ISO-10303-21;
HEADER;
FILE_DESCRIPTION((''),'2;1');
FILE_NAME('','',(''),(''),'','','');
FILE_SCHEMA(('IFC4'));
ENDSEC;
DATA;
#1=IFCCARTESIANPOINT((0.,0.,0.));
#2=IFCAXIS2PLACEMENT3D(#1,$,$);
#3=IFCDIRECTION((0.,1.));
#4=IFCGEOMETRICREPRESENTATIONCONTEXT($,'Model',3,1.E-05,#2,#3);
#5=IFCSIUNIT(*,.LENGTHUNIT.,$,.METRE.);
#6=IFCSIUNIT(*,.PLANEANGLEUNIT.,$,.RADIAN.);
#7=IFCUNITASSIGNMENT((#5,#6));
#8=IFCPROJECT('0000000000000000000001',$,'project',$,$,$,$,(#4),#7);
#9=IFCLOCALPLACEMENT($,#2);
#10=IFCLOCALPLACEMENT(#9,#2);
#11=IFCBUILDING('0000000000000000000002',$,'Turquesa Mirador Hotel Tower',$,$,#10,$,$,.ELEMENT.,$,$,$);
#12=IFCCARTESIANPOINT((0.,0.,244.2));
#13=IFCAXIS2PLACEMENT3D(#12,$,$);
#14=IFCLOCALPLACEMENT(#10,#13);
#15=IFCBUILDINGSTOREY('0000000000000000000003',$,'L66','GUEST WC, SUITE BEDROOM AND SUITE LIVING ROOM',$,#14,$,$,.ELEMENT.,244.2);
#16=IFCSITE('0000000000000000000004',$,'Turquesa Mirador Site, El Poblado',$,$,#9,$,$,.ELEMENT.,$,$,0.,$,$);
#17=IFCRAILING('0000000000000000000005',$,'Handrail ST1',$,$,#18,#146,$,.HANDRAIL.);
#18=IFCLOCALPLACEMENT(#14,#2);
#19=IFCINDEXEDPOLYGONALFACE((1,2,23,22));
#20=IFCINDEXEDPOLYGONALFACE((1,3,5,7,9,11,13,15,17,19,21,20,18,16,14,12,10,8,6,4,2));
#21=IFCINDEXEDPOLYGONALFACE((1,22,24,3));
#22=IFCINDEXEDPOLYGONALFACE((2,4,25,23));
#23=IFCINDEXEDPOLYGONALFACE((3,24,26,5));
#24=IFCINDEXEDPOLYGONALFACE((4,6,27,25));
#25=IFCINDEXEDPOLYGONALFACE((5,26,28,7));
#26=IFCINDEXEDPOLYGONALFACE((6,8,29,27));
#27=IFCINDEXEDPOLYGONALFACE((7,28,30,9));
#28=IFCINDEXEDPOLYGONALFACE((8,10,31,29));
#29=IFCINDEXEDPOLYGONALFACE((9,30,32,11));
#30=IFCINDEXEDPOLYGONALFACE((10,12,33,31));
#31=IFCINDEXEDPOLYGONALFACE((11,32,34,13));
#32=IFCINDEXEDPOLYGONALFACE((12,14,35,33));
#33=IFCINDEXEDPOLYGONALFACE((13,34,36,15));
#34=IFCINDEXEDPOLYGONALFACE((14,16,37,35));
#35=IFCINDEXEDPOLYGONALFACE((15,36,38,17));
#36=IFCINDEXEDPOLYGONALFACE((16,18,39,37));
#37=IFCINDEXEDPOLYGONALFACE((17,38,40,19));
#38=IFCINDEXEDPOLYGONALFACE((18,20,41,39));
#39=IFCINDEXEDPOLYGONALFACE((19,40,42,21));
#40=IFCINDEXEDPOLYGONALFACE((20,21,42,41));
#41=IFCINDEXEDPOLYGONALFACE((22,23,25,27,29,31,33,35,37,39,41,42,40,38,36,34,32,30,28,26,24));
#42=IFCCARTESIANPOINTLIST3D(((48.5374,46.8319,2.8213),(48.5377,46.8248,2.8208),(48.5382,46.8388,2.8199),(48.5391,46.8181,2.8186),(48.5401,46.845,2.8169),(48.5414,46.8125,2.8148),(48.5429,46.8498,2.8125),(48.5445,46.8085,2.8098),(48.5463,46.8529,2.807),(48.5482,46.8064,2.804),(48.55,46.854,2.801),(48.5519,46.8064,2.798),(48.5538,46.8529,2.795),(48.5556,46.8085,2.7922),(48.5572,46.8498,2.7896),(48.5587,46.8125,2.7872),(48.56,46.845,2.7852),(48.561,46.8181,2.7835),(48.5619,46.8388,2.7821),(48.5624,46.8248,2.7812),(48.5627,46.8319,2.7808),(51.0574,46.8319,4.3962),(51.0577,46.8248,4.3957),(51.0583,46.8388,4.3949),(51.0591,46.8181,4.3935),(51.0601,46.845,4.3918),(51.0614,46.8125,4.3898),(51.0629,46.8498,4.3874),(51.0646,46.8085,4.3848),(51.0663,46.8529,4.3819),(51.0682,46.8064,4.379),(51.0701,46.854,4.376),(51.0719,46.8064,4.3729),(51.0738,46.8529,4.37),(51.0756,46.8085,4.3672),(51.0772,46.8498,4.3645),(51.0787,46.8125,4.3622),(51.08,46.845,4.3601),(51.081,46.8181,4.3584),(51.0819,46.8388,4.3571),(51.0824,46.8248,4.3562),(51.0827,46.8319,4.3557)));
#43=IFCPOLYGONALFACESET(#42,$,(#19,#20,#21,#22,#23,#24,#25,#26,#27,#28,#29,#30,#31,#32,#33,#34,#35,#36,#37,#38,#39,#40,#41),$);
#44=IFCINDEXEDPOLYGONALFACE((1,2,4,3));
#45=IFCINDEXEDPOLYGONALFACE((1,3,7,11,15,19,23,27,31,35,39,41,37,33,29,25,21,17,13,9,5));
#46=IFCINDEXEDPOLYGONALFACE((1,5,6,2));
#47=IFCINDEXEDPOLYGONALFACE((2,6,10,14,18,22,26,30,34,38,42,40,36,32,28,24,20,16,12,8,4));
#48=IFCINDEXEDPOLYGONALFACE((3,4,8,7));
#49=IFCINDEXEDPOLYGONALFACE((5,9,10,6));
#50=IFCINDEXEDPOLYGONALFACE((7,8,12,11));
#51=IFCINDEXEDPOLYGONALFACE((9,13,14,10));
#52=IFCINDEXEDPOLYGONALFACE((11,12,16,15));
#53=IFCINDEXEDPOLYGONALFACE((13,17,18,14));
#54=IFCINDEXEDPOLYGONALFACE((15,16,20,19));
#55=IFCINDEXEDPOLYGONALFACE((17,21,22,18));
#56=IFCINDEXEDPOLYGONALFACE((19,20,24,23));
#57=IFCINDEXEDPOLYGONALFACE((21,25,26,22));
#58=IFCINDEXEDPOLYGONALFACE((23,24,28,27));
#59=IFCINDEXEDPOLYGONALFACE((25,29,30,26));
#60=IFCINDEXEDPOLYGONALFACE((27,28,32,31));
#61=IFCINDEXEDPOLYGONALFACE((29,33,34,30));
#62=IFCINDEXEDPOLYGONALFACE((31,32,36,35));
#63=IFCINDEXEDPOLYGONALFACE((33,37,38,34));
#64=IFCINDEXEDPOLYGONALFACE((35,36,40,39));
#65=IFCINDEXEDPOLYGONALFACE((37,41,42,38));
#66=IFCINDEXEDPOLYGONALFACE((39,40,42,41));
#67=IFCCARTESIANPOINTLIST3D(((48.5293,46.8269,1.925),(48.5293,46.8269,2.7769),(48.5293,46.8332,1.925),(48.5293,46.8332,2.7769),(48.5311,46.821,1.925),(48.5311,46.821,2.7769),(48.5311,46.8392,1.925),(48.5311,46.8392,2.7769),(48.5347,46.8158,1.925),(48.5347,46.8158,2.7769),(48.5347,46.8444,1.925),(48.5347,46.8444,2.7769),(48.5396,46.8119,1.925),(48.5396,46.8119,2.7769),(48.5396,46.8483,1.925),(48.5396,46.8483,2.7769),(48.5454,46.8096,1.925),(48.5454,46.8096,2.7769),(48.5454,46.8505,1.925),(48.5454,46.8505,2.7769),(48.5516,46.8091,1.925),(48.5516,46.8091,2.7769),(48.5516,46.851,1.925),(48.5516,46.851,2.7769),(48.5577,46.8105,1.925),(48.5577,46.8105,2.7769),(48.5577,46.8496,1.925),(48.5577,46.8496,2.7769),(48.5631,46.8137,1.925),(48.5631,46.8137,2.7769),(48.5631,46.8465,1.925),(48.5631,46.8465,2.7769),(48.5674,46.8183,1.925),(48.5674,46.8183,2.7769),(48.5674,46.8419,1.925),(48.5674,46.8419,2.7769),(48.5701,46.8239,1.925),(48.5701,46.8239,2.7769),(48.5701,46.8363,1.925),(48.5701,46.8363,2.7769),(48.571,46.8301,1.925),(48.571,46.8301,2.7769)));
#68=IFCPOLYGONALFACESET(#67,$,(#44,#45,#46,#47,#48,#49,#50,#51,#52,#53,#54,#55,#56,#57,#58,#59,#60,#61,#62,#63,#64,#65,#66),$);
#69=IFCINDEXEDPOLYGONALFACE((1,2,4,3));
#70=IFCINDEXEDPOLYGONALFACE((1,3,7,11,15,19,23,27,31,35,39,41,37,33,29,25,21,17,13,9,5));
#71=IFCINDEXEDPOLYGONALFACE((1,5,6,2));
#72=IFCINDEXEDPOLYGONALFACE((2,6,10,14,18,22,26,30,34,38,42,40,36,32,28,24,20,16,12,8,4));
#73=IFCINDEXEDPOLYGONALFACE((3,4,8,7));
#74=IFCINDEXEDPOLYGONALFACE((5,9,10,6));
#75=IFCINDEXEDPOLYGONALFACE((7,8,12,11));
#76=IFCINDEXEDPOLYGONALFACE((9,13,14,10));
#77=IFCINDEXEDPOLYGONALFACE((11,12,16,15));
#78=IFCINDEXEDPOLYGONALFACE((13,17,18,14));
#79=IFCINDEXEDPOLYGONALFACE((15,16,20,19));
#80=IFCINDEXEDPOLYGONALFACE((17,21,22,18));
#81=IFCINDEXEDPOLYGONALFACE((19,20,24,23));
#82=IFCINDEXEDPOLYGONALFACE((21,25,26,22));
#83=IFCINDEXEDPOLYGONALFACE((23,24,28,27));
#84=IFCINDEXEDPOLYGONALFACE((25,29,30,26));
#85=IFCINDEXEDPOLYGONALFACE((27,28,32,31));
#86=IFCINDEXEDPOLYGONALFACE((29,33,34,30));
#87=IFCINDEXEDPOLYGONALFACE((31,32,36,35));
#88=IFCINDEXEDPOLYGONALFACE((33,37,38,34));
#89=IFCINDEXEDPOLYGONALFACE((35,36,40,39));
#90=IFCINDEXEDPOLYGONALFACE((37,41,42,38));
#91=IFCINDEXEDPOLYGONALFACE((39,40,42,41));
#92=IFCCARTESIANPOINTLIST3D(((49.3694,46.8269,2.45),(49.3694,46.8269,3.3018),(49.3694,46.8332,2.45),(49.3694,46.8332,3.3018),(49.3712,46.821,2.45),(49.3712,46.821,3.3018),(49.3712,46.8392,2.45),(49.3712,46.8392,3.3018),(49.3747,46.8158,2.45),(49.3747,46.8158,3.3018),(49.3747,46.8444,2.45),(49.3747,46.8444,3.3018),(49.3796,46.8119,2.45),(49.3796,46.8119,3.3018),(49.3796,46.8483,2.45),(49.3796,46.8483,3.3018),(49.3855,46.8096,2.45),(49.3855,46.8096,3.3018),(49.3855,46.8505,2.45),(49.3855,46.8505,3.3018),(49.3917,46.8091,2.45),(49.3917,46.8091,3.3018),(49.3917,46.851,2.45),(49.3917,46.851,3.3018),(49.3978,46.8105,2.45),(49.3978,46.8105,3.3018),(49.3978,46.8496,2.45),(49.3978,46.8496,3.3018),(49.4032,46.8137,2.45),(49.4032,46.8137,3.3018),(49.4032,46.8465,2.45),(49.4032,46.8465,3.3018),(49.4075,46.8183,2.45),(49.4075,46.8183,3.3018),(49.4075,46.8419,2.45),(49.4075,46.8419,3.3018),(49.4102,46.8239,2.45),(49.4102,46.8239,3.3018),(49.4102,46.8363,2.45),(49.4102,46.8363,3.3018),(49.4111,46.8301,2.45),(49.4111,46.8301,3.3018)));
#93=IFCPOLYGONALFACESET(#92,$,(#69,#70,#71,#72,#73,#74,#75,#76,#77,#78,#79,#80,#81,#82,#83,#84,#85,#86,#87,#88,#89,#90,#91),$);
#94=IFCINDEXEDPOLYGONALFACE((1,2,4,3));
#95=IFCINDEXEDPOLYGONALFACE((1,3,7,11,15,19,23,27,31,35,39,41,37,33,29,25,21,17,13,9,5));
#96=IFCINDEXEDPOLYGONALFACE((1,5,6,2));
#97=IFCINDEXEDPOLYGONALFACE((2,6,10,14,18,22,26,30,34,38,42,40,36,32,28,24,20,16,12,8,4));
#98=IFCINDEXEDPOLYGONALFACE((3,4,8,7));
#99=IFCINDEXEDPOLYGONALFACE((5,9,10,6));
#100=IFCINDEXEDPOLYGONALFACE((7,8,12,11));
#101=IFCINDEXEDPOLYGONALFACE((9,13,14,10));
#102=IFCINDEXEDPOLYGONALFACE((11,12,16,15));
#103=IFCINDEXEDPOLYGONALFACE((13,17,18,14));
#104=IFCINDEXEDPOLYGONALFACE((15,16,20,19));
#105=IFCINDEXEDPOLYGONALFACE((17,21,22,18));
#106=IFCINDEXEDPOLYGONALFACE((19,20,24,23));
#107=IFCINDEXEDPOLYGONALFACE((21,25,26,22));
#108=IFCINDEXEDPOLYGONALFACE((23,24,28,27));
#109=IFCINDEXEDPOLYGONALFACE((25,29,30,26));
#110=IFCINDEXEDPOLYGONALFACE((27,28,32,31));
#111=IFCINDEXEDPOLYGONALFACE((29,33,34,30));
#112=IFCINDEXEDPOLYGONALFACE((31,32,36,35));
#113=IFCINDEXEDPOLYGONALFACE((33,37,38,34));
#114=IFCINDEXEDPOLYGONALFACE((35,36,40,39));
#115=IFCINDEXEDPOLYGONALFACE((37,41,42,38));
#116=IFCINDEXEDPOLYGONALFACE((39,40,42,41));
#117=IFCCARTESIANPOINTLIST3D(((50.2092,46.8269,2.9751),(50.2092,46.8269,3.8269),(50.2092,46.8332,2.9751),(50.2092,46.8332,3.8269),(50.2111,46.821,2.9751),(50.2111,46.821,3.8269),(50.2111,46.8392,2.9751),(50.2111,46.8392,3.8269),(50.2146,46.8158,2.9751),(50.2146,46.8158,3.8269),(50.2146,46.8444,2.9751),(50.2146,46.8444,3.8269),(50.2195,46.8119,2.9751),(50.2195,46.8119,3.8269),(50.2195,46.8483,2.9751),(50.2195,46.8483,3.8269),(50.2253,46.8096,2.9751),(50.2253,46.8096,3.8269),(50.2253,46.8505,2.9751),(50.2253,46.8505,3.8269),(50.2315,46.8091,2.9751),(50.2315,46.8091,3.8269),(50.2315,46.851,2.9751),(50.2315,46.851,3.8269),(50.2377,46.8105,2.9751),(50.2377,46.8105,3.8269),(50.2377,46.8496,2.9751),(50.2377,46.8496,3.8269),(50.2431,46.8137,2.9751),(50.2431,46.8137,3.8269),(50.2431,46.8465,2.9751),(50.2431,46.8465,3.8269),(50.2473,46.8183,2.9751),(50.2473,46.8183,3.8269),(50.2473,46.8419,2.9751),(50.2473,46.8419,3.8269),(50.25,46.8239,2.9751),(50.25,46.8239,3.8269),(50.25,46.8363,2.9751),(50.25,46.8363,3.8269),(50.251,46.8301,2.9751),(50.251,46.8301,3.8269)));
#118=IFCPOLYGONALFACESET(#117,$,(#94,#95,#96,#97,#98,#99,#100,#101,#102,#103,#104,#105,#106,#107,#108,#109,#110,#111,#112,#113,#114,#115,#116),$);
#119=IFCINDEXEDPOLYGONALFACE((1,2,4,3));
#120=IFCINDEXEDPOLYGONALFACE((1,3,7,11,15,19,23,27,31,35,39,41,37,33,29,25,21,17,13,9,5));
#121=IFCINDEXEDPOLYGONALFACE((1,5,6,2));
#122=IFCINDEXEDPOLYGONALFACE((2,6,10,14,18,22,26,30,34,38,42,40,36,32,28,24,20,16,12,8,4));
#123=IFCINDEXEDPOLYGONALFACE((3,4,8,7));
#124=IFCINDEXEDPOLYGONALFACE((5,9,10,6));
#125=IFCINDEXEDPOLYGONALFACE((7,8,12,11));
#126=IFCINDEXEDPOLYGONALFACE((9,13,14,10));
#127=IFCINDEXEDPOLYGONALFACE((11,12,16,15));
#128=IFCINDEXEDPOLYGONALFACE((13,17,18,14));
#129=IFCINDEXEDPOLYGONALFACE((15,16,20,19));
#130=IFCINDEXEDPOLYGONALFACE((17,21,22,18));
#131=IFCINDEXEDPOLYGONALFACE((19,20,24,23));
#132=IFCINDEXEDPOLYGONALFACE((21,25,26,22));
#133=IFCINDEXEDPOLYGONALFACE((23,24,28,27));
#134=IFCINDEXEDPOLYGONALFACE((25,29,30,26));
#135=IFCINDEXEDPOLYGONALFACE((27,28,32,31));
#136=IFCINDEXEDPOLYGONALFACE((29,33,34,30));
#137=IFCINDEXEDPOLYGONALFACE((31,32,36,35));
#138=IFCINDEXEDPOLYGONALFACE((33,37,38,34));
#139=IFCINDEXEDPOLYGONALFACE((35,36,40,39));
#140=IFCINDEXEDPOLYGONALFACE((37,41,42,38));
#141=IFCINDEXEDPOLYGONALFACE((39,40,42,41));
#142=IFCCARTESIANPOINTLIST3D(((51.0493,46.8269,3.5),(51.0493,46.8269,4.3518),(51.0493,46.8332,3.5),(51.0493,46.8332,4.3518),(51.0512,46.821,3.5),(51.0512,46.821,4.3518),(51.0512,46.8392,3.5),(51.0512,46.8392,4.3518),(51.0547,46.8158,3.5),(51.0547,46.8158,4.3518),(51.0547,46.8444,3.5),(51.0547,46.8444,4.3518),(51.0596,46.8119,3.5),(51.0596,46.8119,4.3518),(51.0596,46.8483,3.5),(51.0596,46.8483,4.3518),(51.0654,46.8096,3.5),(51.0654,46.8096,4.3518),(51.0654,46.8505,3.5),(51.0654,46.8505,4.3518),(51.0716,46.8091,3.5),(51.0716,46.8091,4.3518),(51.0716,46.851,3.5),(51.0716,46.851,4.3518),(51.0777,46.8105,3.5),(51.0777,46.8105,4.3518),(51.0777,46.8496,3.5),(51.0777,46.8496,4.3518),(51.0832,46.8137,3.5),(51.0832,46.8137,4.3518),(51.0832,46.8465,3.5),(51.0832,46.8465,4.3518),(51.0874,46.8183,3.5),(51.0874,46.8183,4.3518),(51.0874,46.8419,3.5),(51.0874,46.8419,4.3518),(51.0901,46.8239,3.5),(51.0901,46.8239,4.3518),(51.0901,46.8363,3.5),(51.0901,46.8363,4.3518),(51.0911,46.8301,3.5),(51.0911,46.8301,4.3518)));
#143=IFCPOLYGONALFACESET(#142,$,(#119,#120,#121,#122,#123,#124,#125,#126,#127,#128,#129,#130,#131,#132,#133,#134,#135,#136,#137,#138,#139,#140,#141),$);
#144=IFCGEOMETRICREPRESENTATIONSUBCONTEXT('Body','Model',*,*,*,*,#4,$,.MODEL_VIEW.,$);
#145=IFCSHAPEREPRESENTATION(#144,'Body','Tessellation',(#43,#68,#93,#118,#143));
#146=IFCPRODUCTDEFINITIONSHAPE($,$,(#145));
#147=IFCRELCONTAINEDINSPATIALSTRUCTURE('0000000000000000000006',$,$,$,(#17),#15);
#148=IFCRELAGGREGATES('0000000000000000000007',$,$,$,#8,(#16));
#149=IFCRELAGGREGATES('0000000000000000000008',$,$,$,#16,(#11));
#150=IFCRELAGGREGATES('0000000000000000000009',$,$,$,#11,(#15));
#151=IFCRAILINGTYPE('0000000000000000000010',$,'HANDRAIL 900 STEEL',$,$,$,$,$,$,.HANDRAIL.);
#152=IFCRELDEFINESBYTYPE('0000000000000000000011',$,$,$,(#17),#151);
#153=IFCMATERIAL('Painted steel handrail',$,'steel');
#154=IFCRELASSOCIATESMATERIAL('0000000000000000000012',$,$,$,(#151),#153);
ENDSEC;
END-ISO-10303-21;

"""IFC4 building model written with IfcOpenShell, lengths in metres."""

from ifc_helpers import new_model, si_unit, direction, frame, origin, origin_2d, place, context, subcontext, project, spatial, circle, extrude, material, type_object, element, save


model = new_model("IFC4")

# Units and contexts
model_context = context("Model", 3, precision=1e-05, world=origin(), true_north=direction((0.0, 1.0)))
body_context = subcontext(model_context, "Body", "Model", "MODEL_VIEW")
ifc_project = project(units=[si_unit("LENGTHUNIT", "METRE"), si_unit("PLANEANGLEUNIT", "RADIAN")], contexts=[model_context])

# Site, building, storey
site_placement = place(None, origin())
site = spatial("IfcSite", under=ifc_project, at=site_placement, Name="Turquesa Mirador Site, El Poblado", CompositionType="ELEMENT", RefElevation=0.0)
building_placement = place(site_placement, origin())
building = spatial("IfcBuilding", under=site, at=building_placement, Name="Turquesa Mirador Hotel Tower", CompositionType="ELEMENT")
storey_placement = place(building_placement, frame((0.0, 0.0, 244.2)))
storey = spatial("IfcBuildingStorey", under=building, at=storey_placement, Name="L66", Description="GUEST WC, SUITE BEDROOM AND SUITE LIVING ROOM", CompositionType="ELEMENT", Elevation=244.2)

# Railing
ifc_material_1 = material(Name="Painted steel handrail", Category="steel")
railing_type = type_object("IfcRailingType", Name="HANDRAIL 900 STEEL", PredefinedType="HANDRAIL", material=ifc_material_1)
for number, where, name in (
    (1, (48.55, 46.8301, 1.925), "Handrail ST1"),
):
    element("IfcRailing", number, at=place(storey_placement, frame(where)), inside=storey, type_object=railing_type, Name=name, PredefinedType="HANDRAIL", context=body_context, shape_type="SweptSolid", body=[
        extrude(circle(Radius=0.0239, at=origin_2d()), frame((0.0, 0.0, 0.876), z_axis=(0.848008, 0.0, 0.529984), x_axis=(0.0, 1.0, 0.0)), (0.0, 0.0, 1.0), 2.9717),
        extrude(circle(Radius=0.021, at=origin_2d()), origin(), (0.0, 0.0, 1.0), 0.8518),
        extrude(circle(Radius=0.021, at=origin_2d()), frame((0.8401, 0.0, 0.5249)), (0.0, 0.0, 1.0), 0.8518),
        extrude(circle(Radius=0.021, at=origin_2d()), frame((1.6799, 0.0, 1.05)), (0.0, 0.0, 1.0), 0.8518),
        extrude(circle(Radius=0.021, at=origin_2d()), frame((2.52, 0.0, 1.575)), (0.0, 0.0, 1.0), 0.8518),
    ])

save(model, "model.ifc")
